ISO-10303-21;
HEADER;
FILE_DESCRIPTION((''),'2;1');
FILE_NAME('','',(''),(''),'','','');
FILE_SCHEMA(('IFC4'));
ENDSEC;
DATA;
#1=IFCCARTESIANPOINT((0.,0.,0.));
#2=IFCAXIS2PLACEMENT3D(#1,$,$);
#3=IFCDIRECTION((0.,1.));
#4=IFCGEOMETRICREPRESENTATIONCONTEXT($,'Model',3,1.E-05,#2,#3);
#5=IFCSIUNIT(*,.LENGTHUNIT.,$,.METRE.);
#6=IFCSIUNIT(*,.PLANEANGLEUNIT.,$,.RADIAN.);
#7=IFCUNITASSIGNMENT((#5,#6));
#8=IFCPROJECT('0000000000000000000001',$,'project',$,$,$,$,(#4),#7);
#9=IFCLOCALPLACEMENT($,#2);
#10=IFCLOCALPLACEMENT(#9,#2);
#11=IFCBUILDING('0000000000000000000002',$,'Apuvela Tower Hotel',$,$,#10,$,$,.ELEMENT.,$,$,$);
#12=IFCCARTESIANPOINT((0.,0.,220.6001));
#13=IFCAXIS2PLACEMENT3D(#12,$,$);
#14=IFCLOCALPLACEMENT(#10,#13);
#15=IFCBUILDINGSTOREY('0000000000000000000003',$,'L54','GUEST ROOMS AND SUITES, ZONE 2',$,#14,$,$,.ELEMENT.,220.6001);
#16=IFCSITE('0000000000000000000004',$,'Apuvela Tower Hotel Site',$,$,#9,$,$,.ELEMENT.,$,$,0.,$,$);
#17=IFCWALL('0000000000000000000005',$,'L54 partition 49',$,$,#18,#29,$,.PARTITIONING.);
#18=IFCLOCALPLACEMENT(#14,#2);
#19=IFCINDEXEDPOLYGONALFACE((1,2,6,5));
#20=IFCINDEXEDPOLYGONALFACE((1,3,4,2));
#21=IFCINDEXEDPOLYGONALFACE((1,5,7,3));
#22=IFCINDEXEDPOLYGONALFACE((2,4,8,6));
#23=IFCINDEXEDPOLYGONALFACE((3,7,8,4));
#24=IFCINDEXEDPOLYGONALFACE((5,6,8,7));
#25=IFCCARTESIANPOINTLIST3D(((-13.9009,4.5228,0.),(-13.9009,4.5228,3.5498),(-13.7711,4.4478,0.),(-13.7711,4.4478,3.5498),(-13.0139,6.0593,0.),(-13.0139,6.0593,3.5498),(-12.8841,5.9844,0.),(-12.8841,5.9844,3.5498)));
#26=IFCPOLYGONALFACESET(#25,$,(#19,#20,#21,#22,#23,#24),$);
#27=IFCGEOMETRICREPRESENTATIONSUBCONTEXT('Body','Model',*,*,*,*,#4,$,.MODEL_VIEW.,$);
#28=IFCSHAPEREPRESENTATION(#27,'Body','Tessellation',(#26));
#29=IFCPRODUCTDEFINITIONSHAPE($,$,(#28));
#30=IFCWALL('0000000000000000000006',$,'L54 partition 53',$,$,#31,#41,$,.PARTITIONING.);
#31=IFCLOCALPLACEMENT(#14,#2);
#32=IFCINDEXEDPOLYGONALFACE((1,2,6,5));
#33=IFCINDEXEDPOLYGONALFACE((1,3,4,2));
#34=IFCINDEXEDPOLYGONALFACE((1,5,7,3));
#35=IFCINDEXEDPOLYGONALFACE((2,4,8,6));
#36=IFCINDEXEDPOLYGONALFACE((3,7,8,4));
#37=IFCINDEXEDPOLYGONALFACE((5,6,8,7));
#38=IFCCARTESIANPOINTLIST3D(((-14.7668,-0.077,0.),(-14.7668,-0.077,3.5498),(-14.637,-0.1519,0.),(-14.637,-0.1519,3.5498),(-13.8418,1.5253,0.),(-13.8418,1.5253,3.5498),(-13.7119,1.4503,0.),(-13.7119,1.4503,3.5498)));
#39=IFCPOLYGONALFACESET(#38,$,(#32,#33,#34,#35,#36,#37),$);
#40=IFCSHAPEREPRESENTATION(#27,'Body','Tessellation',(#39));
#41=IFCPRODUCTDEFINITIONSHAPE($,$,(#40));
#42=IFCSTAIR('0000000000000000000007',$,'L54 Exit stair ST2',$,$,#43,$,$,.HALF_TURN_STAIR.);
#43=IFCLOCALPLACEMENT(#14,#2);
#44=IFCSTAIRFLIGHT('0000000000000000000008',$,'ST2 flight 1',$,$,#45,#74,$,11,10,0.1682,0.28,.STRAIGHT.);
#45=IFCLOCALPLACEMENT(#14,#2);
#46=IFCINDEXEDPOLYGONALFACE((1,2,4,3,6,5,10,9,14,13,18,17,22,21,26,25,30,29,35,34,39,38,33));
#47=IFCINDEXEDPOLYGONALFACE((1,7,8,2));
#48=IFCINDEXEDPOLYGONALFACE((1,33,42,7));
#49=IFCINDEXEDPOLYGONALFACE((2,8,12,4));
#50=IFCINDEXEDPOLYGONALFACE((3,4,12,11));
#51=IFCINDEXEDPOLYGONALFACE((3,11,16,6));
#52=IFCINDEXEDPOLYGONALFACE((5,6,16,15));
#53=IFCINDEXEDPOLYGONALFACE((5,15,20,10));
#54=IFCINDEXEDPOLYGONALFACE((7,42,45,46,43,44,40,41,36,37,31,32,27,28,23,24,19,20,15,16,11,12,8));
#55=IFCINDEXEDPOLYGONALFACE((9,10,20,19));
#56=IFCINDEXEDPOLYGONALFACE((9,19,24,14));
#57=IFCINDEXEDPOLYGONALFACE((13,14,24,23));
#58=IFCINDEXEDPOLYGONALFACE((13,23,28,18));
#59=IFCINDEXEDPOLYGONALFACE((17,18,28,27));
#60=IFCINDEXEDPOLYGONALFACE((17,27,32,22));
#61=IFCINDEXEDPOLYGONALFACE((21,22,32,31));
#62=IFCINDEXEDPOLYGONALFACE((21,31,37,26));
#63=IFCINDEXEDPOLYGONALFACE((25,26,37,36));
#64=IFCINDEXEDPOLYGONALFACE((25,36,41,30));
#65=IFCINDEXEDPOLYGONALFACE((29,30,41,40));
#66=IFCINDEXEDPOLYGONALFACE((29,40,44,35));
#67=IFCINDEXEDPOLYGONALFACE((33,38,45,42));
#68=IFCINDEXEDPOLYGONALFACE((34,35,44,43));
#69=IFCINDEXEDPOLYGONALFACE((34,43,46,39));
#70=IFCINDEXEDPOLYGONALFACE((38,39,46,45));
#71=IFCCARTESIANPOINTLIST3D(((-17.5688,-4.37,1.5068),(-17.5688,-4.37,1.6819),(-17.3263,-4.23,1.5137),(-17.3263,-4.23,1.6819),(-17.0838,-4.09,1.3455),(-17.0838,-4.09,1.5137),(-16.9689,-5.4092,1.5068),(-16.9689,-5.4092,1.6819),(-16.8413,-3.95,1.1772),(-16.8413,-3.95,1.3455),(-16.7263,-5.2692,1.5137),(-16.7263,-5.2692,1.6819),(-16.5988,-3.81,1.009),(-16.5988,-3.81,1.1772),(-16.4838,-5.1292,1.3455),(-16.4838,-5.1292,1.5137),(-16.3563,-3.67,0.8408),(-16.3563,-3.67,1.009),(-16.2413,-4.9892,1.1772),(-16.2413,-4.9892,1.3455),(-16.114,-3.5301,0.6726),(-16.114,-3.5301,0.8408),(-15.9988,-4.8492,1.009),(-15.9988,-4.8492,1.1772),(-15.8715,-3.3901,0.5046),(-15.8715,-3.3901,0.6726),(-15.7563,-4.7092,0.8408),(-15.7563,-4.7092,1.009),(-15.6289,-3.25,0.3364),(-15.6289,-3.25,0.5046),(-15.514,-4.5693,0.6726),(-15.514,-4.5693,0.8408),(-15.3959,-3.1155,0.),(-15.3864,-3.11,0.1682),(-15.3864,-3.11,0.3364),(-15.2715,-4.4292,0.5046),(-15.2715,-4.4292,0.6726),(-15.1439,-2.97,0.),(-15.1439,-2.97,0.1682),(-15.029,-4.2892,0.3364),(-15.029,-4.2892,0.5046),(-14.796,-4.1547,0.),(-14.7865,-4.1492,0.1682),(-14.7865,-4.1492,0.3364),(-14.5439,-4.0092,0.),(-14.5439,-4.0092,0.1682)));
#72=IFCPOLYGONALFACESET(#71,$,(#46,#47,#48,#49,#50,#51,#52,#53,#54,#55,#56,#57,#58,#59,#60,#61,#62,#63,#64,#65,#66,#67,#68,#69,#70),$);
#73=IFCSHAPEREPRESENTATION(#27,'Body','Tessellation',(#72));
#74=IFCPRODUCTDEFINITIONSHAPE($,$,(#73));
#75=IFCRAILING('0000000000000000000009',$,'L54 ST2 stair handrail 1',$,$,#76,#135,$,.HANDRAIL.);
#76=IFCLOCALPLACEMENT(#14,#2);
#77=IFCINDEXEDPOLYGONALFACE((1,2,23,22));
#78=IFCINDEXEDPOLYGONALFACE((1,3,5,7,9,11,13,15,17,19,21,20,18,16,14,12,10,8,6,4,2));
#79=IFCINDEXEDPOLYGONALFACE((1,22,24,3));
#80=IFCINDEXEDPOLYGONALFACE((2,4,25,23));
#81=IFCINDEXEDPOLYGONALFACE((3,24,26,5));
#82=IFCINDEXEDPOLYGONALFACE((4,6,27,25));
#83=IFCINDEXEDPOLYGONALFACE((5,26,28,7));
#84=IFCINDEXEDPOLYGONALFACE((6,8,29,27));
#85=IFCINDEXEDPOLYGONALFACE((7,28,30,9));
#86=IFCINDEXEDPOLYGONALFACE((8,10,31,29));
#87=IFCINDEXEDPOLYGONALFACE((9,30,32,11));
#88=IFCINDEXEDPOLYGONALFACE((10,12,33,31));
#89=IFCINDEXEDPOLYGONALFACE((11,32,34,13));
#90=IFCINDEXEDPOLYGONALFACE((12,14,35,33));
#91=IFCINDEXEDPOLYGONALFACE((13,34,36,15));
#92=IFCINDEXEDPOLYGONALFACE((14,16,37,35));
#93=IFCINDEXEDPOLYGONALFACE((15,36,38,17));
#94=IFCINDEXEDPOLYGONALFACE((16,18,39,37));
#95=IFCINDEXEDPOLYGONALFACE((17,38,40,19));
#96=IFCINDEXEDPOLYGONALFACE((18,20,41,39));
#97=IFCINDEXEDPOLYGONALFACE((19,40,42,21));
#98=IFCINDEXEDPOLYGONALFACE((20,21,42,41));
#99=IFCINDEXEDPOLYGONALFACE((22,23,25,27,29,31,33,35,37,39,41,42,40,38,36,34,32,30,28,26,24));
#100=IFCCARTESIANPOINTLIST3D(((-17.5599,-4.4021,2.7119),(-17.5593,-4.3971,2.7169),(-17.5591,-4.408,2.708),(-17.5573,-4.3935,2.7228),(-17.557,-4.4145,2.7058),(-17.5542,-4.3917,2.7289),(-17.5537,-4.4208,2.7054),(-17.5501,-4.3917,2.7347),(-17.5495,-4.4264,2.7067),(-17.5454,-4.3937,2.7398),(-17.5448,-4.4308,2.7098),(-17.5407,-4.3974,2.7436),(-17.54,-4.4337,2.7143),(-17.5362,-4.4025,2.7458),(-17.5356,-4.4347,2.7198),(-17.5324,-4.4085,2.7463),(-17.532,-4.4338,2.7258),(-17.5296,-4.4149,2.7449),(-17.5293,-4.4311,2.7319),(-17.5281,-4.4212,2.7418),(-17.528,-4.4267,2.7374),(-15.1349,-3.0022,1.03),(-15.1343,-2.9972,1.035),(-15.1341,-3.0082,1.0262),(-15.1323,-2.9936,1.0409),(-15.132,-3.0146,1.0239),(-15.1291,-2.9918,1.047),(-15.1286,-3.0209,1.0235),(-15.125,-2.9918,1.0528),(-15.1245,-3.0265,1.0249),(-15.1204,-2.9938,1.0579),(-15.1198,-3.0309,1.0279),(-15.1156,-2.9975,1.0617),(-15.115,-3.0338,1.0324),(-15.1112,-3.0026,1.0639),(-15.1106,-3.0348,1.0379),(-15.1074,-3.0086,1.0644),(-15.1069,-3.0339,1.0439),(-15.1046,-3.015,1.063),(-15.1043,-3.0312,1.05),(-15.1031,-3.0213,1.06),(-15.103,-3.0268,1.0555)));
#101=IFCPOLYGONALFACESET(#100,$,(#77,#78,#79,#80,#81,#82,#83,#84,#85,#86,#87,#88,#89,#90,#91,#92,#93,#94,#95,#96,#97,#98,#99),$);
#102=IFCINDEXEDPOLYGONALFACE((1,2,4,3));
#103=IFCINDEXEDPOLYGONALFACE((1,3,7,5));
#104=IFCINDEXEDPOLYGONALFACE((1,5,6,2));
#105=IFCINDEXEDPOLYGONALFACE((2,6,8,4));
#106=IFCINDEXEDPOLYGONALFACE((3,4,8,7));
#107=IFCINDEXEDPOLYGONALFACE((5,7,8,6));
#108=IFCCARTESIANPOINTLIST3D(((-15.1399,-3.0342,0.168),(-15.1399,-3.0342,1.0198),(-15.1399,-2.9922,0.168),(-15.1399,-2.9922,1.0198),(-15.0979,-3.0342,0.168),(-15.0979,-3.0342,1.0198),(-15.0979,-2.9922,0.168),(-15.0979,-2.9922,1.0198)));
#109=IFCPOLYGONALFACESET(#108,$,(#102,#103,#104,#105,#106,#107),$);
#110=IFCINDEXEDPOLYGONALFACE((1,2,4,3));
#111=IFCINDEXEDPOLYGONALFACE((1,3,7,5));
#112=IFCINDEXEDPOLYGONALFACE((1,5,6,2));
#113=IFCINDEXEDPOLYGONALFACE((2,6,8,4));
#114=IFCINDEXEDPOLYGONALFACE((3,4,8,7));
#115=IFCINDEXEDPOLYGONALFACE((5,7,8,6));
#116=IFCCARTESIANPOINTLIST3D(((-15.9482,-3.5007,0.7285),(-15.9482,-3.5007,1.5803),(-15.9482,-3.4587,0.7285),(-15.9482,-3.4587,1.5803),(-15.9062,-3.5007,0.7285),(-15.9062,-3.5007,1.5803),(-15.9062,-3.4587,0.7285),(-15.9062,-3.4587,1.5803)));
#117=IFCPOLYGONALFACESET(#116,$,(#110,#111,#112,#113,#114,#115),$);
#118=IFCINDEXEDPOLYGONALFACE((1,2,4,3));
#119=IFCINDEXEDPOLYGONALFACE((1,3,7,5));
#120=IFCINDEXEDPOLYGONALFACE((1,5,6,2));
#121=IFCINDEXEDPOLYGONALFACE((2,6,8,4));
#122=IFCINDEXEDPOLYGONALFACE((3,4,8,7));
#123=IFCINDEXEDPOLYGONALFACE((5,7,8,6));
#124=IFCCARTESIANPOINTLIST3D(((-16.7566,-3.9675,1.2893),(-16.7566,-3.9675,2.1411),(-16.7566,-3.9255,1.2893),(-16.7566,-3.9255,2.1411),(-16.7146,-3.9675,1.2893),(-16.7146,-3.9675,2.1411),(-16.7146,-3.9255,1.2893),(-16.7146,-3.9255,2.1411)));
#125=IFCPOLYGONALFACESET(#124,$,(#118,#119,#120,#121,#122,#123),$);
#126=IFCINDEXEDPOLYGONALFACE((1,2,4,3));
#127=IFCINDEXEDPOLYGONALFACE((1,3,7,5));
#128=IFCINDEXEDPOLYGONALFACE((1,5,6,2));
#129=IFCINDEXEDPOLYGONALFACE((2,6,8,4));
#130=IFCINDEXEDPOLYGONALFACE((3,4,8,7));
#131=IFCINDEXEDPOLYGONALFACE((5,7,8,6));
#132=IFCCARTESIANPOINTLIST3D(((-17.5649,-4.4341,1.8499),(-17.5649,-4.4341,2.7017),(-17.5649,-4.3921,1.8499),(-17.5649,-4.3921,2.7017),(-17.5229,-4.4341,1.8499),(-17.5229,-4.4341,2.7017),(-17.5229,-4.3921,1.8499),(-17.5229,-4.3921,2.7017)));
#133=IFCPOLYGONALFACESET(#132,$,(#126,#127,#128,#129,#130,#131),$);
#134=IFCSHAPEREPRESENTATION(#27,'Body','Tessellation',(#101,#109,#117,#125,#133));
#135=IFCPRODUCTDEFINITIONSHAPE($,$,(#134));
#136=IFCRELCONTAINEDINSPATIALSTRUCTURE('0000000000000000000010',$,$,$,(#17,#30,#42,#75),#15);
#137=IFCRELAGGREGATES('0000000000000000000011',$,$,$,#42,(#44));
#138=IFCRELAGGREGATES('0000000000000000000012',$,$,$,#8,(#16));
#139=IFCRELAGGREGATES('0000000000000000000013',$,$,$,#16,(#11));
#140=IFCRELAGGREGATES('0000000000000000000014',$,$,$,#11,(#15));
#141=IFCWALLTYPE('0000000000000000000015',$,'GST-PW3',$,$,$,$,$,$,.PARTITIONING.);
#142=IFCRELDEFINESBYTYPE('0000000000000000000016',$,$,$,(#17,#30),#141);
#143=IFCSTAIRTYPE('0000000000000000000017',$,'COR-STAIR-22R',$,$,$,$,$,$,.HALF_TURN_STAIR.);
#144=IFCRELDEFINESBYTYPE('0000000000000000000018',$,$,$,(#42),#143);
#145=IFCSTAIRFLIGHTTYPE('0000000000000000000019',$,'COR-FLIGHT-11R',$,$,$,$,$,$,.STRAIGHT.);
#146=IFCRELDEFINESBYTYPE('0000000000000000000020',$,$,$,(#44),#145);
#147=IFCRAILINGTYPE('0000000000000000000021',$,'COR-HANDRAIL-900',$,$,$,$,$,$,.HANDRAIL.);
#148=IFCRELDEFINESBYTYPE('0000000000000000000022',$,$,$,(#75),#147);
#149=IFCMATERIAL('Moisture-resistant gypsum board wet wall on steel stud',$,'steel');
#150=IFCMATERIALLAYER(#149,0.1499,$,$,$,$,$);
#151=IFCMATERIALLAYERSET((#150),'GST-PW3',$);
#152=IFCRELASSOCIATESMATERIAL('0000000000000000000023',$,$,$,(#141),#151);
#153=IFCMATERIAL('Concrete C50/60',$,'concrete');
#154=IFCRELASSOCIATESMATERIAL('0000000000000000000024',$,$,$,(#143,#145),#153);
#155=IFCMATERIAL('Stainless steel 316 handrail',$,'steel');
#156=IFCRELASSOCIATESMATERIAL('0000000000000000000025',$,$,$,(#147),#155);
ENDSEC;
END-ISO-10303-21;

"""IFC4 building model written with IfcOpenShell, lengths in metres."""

from ifc_helpers import new_model, si_unit, direction, frame, frame_2d, origin, origin_2d, place, context, subcontext, project, spatial, polyline, rectangle, circle, outline, extrude, material, layer, layer_set, type_object, element, aggregate, save


model = new_model("IFC4")

# Units and contexts
model_context = context("Model", 3, precision=1e-05, world=origin(), true_north=direction((0.0, 1.0)))
body_context = subcontext(model_context, "Body", "Model", "MODEL_VIEW")
ifc_project = project(units=[si_unit("LENGTHUNIT", "METRE"), si_unit("PLANEANGLEUNIT", "RADIAN")], contexts=[model_context])

# Site, building, storey
site_placement = place(None, origin())
site = spatial("IfcSite", under=ifc_project, at=site_placement, Name="Apuvela Tower Hotel Site", CompositionType="ELEMENT", RefElevation=0.0)
building_placement = place(site_placement, origin())
building = spatial("IfcBuilding", under=site, at=building_placement, Name="Apuvela Tower Hotel", CompositionType="ELEMENT")
storey_placement = place(building_placement, frame((0.0, 0.0, 220.6001)))
storey = spatial("IfcBuildingStorey", under=building, at=storey_placement, Name="L54", Description="GUEST ROOMS AND SUITES, ZONE 2", CompositionType="ELEMENT", Elevation=220.6001)

# Shared definitions
ifc_material_1 = material(Name="Concrete C50/60", Category="concrete")

# Shared definitions
ifc_material_2 = material(Name="Moisture-resistant gypsum board wet wall on steel stud", Category="steel")
ifc_layer_1 = layer(ifc_material_2, 0.1499)
ifc_layer_set_1 = layer_set([ifc_layer_1], Name="GST-PW3")
wall_type_1 = type_object("IfcWallType", Name="GST-PW3", PredefinedType="PARTITIONING", material=ifc_layer_set_1)

# Walls
wall_1_placement = place(storey_placement, frame((-12.949, 6.022, 0.0), z_axis=(0.0, 0.0, 1.0), x_axis=(-0.499913, -0.866076, 0.0)))
element("IfcWall", 1, at=wall_1_placement, inside=storey, type_object=wall_type_1, Name="L54 partition 49", PredefinedType="PARTITIONING", context=body_context, shape_type="SweptSolid", body=[
    extrude(rectangle(XDim=1.7742, YDim=0.1499, at=frame_2d((0.8872, 0.0))), origin(), (0.0, 0.0, 1.0), 3.5498),
])
wall_2_placement = place(storey_placement, frame((-13.7769, 1.4878, 0.0), z_axis=(0.0, 0.0, 1.0), x_axis=(-0.499985, -0.866034, 0.0)))
element("IfcWall", 2, at=wall_2_placement, inside=storey, type_object=wall_type_1, Name="L54 partition 53", PredefinedType="PARTITIONING", context=body_context, shape_type="SweptSolid", body=[
    extrude(rectangle(XDim=1.8501, YDim=0.1499, at=frame_2d((0.925, 0.0))), origin(), (0.0, 0.0, 1.0), 3.5498),
])

# Stair, stair flight
stair_type = type_object("IfcStairType", Name="COR-STAIR-22R", PredefinedType="HALF_TURN_STAIR", material=ifc_material_1)
stair_placement = place(storey_placement, origin())
stair = element("IfcStair", 3, at=stair_placement, inside=storey, type_object=stair_type, Name="L54 Exit stair ST2", PredefinedType="HALF_TURN_STAIR")
stair_flight_type = type_object("IfcStairFlightType", Name="COR-FLIGHT-11R", PredefinedType="STRAIGHT", material=ifc_material_1)
stair_flight_placement = place(storey_placement, frame((-14.844, -3.4895, 0.0), z_axis=(0.0, 0.0, 1.0), x_axis=(-0.866025, -0.5, 0.0)))
stair_flight = element("IfcStairFlight", 4, at=stair_flight_placement, type_object=stair_flight_type, Name="ST2 flight 1", NumberOfRisers=11, NumberOfTreads=10, PredefinedType="STRAIGHT", RiserHeight=0.1682, TreadLength=0.28, context=body_context, shape_type="SweptSolid", body=[
    extrude(outline(polyline([(0.0, 0.0), (0.0, 0.1682), (0.28, 0.1682), (0.28, 0.3364), (0.5601, 0.3364), (0.5601, 0.5046), (0.8401, 0.5046), (0.8401, 0.6726), (1.1201, 0.6726), (1.1201, 0.8408), (1.3999, 0.8408), (1.3999, 1.009), (1.6799, 1.009), (1.6799, 1.1772), (1.96, 1.1772), (1.96, 1.3455), (2.24, 1.3455), (2.24, 1.5137), (2.52, 1.5137), (2.52, 1.6819), (2.8, 1.6819), (2.8, 1.8501), (2.8, 1.5068), (0.291, 0.0), (0.0, 0.0)])), frame((0.0, 0.6001, 0.0), z_axis=(0.0, -1.0, 0.0), x_axis=(1.0, 0.0, 0.0)), (0.0, 0.0, 1.0), 1.2),
])
aggregate(stair, [stair_flight])

# Railing
ifc_material_3 = material(Name="Stainless steel 316 handrail", Category="steel")
railing_type_1 = type_object("IfcRailingType", Name="COR-HANDRAIL-900", PredefinedType="HANDRAIL", material=ifc_material_3)
railing_1_placement = place(storey_placement, frame((-15.1189, -3.0132, 0.168)))
element("IfcRailing", 5, at=railing_1_placement, inside=storey, type_object=railing_type_1, Name="L54 ST2 stair handrail 1", PredefinedType="HANDRAIL", context=body_context, shape_type="SweptSolid", body=[
    extrude(circle(Radius=0.0239, at=origin_2d()), frame((0.0, 0.0, 0.876), z_axis=(-0.742424, -0.428577, 0.514906), x_axis=(0.499946, -0.866056, 0.0)), (0.0, 0.0, 1.0), 3.2664),
    extrude(rectangle(XDim=0.042, YDim=0.042, at=origin_2d()), origin(), (0.0, 0.0, 1.0), 0.8518),
    extrude(rectangle(XDim=0.042, YDim=0.042, at=origin_2d()), frame((-0.8083, -0.4666, 0.5605)), (0.0, 0.0, 1.0), 0.8518),
    extrude(rectangle(XDim=0.042, YDim=0.042, at=origin_2d()), frame((-1.6167, -0.9333, 1.1213)), (0.0, 0.0, 1.0), 0.8518),
    extrude(rectangle(XDim=0.042, YDim=0.042, at=origin_2d()), frame((-2.425, -1.3999, 1.6819)), (0.0, 0.0, 1.0), 0.8518),
])

save(model, "model.ifc")
